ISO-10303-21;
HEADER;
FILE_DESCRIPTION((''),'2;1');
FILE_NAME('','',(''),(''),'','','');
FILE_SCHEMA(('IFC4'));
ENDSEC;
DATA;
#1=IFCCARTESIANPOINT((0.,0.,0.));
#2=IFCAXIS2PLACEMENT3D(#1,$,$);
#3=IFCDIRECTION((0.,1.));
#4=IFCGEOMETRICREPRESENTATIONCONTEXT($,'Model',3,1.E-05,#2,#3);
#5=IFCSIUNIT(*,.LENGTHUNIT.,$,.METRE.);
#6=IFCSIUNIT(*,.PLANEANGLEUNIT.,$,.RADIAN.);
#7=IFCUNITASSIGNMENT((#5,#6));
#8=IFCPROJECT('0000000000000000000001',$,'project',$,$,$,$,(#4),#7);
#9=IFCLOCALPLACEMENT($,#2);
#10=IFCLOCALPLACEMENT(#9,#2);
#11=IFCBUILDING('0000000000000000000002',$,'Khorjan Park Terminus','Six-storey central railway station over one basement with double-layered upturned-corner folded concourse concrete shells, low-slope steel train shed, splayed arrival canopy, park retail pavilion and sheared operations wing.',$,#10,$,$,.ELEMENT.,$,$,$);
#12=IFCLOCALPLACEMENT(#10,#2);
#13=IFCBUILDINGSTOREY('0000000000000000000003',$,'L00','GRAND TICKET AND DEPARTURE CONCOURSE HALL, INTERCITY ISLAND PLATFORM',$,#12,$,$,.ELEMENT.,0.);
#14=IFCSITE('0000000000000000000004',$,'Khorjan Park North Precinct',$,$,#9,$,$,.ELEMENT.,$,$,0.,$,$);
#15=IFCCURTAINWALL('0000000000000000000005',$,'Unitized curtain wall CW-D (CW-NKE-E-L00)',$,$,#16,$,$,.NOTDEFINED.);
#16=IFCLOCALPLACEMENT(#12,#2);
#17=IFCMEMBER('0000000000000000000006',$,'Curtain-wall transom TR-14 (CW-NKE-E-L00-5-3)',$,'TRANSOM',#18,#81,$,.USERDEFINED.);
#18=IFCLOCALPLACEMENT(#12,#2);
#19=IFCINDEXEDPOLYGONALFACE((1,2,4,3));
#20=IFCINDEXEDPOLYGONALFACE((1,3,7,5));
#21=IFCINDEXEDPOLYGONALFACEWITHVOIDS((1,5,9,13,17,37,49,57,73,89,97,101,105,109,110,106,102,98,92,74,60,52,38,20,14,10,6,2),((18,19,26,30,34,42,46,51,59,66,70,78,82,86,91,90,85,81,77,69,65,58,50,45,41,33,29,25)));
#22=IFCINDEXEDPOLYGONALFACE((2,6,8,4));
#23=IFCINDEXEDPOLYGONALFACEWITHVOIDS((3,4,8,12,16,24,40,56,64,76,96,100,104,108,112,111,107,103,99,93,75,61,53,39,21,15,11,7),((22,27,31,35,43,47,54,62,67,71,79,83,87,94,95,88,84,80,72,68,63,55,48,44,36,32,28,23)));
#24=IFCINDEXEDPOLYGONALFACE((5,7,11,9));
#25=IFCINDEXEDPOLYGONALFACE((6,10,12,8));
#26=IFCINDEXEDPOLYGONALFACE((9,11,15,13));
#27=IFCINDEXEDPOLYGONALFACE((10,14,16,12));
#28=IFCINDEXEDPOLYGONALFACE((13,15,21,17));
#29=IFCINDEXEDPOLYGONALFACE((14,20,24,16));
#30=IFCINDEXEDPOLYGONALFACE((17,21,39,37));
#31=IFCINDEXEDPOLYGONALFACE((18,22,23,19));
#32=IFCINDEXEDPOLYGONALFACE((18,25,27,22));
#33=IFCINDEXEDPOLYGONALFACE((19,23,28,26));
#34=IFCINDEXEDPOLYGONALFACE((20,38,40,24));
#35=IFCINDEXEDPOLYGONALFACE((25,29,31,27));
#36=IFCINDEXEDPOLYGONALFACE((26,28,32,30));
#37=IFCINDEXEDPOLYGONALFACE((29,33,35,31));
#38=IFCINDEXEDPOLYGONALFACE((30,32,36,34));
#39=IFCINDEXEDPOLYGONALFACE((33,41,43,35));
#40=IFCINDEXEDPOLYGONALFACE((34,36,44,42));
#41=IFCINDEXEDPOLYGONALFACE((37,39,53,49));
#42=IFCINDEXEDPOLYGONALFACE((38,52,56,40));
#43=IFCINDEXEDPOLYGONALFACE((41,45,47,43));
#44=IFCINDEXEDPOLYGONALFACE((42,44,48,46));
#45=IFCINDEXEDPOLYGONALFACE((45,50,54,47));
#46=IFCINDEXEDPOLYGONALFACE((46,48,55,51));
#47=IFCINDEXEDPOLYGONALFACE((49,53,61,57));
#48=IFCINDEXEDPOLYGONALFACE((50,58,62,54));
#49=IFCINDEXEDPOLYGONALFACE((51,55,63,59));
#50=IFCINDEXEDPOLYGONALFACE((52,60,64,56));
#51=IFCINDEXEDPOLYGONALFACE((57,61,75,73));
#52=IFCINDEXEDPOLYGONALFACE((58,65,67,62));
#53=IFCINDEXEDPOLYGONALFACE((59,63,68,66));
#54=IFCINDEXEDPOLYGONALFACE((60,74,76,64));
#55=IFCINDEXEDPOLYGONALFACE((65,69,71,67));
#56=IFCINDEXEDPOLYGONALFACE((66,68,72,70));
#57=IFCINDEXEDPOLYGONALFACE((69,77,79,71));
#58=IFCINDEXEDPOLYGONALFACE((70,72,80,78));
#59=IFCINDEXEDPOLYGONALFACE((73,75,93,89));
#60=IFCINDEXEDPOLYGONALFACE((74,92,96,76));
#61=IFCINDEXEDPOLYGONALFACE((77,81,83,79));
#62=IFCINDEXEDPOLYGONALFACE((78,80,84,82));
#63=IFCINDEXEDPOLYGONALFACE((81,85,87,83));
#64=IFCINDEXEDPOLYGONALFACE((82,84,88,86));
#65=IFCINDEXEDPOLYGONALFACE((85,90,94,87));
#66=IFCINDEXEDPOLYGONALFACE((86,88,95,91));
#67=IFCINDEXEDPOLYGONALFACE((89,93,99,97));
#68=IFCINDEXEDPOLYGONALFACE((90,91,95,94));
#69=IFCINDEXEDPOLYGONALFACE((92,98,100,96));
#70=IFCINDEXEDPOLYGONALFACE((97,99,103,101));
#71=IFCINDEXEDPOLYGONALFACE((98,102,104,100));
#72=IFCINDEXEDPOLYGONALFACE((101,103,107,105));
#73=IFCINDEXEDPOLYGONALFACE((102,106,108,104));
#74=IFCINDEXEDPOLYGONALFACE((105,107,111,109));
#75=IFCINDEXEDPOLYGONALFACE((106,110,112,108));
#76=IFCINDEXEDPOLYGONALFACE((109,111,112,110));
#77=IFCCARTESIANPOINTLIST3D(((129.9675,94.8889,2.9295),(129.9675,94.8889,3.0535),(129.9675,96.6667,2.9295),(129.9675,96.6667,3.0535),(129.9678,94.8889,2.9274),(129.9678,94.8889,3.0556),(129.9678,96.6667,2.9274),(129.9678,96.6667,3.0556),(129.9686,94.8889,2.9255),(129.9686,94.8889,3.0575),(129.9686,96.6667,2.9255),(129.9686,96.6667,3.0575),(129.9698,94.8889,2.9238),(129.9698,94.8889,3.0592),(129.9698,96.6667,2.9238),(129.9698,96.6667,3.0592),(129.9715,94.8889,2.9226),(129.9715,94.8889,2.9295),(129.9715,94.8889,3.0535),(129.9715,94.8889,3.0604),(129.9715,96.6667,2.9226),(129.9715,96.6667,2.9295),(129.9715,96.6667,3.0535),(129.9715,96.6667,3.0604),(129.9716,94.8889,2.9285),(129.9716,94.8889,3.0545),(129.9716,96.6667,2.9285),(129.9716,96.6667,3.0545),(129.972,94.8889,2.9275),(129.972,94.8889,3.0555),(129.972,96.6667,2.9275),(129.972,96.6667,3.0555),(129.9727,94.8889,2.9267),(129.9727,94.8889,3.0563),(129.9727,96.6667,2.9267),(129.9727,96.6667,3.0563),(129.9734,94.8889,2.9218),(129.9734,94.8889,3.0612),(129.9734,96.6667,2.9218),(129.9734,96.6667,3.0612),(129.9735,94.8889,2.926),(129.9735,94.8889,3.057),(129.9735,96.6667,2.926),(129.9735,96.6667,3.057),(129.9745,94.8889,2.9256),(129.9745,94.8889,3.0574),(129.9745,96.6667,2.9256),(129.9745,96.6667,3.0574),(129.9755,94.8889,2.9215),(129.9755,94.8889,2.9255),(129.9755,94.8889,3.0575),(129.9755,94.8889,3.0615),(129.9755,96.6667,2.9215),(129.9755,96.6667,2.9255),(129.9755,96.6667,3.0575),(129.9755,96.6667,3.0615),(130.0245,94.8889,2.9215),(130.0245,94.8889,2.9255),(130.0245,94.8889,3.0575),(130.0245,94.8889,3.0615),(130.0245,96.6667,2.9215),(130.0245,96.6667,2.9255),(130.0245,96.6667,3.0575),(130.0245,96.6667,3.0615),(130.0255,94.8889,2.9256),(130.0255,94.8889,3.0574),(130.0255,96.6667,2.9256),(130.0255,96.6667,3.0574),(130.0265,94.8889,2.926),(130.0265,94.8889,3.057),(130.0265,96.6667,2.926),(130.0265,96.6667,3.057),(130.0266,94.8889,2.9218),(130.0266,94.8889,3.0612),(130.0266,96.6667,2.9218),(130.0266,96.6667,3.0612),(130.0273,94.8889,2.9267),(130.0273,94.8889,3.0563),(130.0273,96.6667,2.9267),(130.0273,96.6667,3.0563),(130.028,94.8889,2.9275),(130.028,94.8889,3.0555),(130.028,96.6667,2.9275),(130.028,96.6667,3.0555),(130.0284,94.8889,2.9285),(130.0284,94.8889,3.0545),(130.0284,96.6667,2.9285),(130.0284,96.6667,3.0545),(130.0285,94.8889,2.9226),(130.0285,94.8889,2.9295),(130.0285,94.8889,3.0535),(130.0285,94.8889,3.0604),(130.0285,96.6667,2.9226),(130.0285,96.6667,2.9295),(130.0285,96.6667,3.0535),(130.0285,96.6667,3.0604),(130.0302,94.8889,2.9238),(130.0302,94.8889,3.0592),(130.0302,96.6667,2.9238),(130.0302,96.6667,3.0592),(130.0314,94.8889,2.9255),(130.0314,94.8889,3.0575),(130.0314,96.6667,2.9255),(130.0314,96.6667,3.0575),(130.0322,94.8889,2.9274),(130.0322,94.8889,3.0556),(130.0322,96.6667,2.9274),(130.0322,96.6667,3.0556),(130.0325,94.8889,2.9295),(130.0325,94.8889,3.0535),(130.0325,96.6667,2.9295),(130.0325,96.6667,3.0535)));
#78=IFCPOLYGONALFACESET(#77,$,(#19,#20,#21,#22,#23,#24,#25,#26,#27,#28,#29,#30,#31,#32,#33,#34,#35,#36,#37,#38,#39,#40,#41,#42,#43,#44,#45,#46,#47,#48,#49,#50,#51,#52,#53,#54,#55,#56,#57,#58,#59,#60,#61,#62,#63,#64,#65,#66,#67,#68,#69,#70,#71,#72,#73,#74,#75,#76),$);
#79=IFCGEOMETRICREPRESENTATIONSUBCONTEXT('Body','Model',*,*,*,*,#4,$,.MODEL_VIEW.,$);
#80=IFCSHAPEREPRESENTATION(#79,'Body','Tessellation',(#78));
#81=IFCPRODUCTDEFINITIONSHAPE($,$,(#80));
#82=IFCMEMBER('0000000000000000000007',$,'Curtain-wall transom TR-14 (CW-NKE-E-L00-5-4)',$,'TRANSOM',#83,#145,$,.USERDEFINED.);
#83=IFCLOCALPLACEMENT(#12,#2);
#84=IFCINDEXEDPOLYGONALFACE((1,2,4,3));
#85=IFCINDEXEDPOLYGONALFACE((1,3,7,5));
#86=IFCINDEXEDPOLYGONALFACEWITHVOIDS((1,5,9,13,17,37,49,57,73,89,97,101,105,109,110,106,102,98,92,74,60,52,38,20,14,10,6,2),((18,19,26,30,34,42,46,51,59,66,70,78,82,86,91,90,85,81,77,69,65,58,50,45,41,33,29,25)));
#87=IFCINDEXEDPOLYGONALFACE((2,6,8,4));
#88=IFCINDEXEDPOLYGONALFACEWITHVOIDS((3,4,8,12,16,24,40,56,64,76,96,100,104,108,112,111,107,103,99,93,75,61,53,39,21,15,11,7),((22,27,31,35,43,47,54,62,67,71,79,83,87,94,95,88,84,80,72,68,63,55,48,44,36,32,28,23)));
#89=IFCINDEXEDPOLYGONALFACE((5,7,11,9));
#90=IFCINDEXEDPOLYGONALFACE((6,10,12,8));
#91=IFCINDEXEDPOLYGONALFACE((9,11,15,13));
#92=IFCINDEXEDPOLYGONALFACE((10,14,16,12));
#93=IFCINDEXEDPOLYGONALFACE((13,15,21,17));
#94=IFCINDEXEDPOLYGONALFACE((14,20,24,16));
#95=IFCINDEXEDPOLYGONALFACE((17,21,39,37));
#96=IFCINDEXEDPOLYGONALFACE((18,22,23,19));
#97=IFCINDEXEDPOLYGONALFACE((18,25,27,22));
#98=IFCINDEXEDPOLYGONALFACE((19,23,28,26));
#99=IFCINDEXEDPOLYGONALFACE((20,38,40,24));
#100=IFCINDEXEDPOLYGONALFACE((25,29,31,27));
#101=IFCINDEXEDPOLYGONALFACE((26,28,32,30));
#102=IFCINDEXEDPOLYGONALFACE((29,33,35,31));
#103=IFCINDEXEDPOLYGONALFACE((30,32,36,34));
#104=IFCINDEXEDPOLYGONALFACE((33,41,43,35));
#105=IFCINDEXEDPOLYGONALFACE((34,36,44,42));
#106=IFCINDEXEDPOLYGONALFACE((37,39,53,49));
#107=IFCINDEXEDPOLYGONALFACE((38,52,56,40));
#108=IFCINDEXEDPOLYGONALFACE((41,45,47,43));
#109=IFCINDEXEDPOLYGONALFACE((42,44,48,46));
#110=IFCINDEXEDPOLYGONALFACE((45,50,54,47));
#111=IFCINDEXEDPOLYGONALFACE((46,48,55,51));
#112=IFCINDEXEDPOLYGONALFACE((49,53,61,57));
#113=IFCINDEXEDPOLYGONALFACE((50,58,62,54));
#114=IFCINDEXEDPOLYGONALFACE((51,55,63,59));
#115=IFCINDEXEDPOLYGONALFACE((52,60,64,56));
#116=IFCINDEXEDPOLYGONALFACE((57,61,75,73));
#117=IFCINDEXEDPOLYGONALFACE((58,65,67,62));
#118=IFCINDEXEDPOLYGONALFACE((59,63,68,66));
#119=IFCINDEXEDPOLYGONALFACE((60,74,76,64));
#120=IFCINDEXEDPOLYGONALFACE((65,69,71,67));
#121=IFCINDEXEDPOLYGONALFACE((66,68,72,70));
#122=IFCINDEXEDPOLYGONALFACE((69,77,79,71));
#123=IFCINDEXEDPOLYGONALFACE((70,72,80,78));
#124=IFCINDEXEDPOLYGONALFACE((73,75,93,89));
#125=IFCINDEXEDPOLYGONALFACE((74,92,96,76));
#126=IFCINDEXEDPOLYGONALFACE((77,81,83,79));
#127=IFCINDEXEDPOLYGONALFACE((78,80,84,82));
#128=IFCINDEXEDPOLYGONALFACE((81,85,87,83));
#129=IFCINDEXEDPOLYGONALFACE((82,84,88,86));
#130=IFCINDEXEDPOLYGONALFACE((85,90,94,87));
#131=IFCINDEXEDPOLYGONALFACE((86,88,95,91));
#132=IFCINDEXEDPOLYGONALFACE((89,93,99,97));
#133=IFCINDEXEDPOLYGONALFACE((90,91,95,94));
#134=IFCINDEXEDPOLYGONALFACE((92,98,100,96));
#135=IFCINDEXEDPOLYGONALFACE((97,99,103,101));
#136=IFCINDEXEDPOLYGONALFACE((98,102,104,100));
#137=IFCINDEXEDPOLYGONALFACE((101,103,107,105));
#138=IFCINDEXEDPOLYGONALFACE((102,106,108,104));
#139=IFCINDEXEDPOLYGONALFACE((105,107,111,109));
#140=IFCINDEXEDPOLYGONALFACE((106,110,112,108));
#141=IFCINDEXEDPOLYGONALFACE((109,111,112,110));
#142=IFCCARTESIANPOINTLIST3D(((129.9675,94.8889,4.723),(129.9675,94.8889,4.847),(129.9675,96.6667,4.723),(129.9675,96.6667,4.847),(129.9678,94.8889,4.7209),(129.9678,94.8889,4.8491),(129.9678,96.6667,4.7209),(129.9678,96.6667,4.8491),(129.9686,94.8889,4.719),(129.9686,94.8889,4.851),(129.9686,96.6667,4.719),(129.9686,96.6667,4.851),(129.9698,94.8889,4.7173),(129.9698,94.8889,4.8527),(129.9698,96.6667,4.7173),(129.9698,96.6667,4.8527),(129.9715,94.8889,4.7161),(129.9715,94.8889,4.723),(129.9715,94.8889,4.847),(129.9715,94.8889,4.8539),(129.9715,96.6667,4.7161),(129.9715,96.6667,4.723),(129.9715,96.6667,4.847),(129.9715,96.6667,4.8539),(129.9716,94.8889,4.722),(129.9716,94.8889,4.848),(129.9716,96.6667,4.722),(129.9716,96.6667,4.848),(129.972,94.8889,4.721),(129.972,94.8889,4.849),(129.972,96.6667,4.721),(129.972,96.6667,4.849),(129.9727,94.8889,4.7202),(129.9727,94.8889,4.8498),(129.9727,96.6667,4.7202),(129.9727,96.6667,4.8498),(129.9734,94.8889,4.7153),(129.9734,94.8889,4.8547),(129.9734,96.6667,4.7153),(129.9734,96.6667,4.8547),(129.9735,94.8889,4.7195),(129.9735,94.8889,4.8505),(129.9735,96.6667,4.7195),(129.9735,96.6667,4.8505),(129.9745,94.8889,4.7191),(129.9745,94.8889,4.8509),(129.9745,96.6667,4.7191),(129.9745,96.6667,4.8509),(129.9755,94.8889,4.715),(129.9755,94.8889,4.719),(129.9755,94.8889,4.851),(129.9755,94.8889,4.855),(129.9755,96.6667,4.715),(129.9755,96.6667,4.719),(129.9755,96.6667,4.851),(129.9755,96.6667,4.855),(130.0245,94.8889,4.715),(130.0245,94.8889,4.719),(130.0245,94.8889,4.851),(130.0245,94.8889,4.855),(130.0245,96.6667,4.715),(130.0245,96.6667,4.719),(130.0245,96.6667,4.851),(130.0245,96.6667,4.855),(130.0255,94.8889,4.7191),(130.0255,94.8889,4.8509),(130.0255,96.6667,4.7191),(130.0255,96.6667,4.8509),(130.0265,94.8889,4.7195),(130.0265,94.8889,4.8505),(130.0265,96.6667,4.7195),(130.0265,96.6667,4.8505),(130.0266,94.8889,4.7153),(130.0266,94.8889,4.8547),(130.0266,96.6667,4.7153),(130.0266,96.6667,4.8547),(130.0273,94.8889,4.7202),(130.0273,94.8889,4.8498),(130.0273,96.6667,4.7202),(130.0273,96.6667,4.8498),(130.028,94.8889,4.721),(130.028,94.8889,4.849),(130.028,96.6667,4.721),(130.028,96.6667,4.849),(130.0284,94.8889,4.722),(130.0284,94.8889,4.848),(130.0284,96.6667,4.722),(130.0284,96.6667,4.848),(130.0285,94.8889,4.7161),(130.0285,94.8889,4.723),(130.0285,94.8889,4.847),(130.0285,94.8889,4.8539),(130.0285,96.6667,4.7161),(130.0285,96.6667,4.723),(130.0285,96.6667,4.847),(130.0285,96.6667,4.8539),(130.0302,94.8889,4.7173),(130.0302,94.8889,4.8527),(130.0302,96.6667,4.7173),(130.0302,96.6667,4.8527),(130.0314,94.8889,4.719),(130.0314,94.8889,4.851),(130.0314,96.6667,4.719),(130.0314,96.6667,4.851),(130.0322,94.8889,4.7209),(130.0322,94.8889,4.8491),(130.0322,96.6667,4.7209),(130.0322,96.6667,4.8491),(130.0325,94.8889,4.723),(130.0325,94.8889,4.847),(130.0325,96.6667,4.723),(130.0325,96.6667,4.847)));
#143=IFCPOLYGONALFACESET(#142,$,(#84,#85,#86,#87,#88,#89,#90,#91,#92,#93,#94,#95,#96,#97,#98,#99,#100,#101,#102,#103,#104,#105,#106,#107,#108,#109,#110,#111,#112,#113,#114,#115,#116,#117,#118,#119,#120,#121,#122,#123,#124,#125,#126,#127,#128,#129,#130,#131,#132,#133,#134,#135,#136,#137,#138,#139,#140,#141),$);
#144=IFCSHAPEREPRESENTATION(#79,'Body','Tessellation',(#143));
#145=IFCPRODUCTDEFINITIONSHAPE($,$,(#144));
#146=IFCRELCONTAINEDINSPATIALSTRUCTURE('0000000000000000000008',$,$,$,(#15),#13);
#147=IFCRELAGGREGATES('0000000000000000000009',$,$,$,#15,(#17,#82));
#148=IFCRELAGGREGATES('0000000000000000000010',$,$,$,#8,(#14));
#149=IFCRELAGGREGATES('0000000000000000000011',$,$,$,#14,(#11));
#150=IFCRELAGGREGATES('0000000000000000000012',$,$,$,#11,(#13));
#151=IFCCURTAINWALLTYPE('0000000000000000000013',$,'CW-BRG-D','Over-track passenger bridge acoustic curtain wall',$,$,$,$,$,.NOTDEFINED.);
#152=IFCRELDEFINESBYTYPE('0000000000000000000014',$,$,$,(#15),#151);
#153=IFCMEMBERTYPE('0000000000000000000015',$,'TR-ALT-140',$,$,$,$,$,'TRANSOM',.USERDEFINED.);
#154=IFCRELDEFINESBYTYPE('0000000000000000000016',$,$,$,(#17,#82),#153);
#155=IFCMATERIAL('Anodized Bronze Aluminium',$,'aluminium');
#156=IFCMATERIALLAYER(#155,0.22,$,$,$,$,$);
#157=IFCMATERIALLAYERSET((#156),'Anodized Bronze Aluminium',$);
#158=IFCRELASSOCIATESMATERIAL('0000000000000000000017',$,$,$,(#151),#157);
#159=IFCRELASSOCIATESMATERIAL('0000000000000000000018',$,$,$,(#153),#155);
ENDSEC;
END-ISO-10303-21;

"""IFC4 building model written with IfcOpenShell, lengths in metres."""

from ifc_helpers import new_model, si_unit, direction, frame, origin, origin_2d, place, context, subcontext, project, spatial, hollow_rectangle, extrude, material, layer, layer_set, material_profile, profile_set, type_object, element, aggregate, save


model = new_model("IFC4")

# Units and contexts
model_context = context("Model", 3, precision=1e-05, world=origin(), true_north=direction((0.0, 1.0)))
body_context = subcontext(model_context, "Body", "Model", "MODEL_VIEW")
ifc_project = project(units=[si_unit("LENGTHUNIT", "METRE"), si_unit("PLANEANGLEUNIT", "RADIAN")], contexts=[model_context])

# Site, building, storey
site_placement = place(None, origin())
site = spatial("IfcSite", under=ifc_project, at=site_placement, Name="Khorjan Park North Precinct", CompositionType="ELEMENT", RefElevation=0.0)
building_placement = place(site_placement, origin())
building = spatial("IfcBuilding", under=site, at=building_placement, Name="Khorjan Park Terminus", Description="Six-storey central railway station over one basement with double-layered upturned-corner folded concourse concrete shells, low-slope steel train shed, splayed arrival canopy, park retail pavilion and sheared operations wing.", CompositionType="ELEMENT")
storey_placement = place(building_placement, origin())
storey = spatial("IfcBuildingStorey", under=building, at=storey_placement, Name="L00", Description="GRAND TICKET AND DEPARTURE CONCOURSE HALL, INTERCITY ISLAND PLATFORM", CompositionType="ELEMENT", Elevation=0.0)

# Curtain wall, members
ifc_material_1 = material(Name="Anodized Bronze Aluminium", Category="aluminium")
ifc_layer_1 = layer(ifc_material_1, 0.22)
ifc_layer_set_1 = layer_set([ifc_layer_1], Name="Anodized Bronze Aluminium")
curtain_wall_type = type_object("IfcCurtainWallType", Name="CW-BRG-D", Description="Over-track passenger bridge acoustic curtain wall", PredefinedType="NOTDEFINED", material=ifc_layer_set_1)
curtain_wall_placement = place(storey_placement, origin())
curtain_wall = element("IfcCurtainWall", 1, at=curtain_wall_placement, inside=storey, type_object=curtain_wall_type, Name="Unitized curtain wall CW-D (CW-NKE-E-L00)", PredefinedType="NOTDEFINED")
ifc_material_profile_1 = material_profile(ifc_material_1, hollow_rectangle(XDim=0.065, YDim=0.14, WallThickness=0.004, InnerFilletRadius=0.004, OuterFilletRadius=0.008, at=origin_2d()), Name="ALT 65x140x4")
ifc_profile_set_1 = profile_set([ifc_material_profile_1], Name="Anodized Bronze Aluminium")
member_type_1 = type_object("IfcMemberType", Name="TR-ALT-140", ElementType="TRANSOM", PredefinedType="USERDEFINED", material=ifc_profile_set_1)
member_1_placement = place(storey_placement, frame((130.0, 94.8889, 2.9915), z_axis=(0.0, 1.0, 0.0), x_axis=(-1.0, 0.0, 0.0)))
member_1 = element("IfcMember", 2, at=member_1_placement, type_object=member_type_1, Name="Curtain-wall transom TR-14 (CW-NKE-E-L00-5-3)", ObjectType="TRANSOM", PredefinedType="USERDEFINED", context=body_context, shape_type="SweptSolid", body=[
    extrude(hollow_rectangle(XDim=0.065, YDim=0.14, WallThickness=0.004, InnerFilletRadius=0.004, OuterFilletRadius=0.008, at=origin_2d()), origin(), (0.0, 0.0, 1.0), 1.7778),
])
member_2_placement = place(storey_placement, frame((130.0, 94.8889, 4.785), z_axis=(0.0, 1.0, 0.0), x_axis=(-1.0, 0.0, 0.0)))
member_2 = element("IfcMember", 3, at=member_2_placement, type_object=member_type_1, Name="Curtain-wall transom TR-14 (CW-NKE-E-L00-5-4)", ObjectType="TRANSOM", PredefinedType="USERDEFINED", context=body_context, shape_type="SweptSolid", body=[
    extrude(hollow_rectangle(XDim=0.065, YDim=0.14, WallThickness=0.004, InnerFilletRadius=0.004, OuterFilletRadius=0.008, at=origin_2d()), origin(), (0.0, 0.0, 1.0), 1.7778),
])
aggregate(curtain_wall, [member_1, member_2])

save(model, "model.ifc")
